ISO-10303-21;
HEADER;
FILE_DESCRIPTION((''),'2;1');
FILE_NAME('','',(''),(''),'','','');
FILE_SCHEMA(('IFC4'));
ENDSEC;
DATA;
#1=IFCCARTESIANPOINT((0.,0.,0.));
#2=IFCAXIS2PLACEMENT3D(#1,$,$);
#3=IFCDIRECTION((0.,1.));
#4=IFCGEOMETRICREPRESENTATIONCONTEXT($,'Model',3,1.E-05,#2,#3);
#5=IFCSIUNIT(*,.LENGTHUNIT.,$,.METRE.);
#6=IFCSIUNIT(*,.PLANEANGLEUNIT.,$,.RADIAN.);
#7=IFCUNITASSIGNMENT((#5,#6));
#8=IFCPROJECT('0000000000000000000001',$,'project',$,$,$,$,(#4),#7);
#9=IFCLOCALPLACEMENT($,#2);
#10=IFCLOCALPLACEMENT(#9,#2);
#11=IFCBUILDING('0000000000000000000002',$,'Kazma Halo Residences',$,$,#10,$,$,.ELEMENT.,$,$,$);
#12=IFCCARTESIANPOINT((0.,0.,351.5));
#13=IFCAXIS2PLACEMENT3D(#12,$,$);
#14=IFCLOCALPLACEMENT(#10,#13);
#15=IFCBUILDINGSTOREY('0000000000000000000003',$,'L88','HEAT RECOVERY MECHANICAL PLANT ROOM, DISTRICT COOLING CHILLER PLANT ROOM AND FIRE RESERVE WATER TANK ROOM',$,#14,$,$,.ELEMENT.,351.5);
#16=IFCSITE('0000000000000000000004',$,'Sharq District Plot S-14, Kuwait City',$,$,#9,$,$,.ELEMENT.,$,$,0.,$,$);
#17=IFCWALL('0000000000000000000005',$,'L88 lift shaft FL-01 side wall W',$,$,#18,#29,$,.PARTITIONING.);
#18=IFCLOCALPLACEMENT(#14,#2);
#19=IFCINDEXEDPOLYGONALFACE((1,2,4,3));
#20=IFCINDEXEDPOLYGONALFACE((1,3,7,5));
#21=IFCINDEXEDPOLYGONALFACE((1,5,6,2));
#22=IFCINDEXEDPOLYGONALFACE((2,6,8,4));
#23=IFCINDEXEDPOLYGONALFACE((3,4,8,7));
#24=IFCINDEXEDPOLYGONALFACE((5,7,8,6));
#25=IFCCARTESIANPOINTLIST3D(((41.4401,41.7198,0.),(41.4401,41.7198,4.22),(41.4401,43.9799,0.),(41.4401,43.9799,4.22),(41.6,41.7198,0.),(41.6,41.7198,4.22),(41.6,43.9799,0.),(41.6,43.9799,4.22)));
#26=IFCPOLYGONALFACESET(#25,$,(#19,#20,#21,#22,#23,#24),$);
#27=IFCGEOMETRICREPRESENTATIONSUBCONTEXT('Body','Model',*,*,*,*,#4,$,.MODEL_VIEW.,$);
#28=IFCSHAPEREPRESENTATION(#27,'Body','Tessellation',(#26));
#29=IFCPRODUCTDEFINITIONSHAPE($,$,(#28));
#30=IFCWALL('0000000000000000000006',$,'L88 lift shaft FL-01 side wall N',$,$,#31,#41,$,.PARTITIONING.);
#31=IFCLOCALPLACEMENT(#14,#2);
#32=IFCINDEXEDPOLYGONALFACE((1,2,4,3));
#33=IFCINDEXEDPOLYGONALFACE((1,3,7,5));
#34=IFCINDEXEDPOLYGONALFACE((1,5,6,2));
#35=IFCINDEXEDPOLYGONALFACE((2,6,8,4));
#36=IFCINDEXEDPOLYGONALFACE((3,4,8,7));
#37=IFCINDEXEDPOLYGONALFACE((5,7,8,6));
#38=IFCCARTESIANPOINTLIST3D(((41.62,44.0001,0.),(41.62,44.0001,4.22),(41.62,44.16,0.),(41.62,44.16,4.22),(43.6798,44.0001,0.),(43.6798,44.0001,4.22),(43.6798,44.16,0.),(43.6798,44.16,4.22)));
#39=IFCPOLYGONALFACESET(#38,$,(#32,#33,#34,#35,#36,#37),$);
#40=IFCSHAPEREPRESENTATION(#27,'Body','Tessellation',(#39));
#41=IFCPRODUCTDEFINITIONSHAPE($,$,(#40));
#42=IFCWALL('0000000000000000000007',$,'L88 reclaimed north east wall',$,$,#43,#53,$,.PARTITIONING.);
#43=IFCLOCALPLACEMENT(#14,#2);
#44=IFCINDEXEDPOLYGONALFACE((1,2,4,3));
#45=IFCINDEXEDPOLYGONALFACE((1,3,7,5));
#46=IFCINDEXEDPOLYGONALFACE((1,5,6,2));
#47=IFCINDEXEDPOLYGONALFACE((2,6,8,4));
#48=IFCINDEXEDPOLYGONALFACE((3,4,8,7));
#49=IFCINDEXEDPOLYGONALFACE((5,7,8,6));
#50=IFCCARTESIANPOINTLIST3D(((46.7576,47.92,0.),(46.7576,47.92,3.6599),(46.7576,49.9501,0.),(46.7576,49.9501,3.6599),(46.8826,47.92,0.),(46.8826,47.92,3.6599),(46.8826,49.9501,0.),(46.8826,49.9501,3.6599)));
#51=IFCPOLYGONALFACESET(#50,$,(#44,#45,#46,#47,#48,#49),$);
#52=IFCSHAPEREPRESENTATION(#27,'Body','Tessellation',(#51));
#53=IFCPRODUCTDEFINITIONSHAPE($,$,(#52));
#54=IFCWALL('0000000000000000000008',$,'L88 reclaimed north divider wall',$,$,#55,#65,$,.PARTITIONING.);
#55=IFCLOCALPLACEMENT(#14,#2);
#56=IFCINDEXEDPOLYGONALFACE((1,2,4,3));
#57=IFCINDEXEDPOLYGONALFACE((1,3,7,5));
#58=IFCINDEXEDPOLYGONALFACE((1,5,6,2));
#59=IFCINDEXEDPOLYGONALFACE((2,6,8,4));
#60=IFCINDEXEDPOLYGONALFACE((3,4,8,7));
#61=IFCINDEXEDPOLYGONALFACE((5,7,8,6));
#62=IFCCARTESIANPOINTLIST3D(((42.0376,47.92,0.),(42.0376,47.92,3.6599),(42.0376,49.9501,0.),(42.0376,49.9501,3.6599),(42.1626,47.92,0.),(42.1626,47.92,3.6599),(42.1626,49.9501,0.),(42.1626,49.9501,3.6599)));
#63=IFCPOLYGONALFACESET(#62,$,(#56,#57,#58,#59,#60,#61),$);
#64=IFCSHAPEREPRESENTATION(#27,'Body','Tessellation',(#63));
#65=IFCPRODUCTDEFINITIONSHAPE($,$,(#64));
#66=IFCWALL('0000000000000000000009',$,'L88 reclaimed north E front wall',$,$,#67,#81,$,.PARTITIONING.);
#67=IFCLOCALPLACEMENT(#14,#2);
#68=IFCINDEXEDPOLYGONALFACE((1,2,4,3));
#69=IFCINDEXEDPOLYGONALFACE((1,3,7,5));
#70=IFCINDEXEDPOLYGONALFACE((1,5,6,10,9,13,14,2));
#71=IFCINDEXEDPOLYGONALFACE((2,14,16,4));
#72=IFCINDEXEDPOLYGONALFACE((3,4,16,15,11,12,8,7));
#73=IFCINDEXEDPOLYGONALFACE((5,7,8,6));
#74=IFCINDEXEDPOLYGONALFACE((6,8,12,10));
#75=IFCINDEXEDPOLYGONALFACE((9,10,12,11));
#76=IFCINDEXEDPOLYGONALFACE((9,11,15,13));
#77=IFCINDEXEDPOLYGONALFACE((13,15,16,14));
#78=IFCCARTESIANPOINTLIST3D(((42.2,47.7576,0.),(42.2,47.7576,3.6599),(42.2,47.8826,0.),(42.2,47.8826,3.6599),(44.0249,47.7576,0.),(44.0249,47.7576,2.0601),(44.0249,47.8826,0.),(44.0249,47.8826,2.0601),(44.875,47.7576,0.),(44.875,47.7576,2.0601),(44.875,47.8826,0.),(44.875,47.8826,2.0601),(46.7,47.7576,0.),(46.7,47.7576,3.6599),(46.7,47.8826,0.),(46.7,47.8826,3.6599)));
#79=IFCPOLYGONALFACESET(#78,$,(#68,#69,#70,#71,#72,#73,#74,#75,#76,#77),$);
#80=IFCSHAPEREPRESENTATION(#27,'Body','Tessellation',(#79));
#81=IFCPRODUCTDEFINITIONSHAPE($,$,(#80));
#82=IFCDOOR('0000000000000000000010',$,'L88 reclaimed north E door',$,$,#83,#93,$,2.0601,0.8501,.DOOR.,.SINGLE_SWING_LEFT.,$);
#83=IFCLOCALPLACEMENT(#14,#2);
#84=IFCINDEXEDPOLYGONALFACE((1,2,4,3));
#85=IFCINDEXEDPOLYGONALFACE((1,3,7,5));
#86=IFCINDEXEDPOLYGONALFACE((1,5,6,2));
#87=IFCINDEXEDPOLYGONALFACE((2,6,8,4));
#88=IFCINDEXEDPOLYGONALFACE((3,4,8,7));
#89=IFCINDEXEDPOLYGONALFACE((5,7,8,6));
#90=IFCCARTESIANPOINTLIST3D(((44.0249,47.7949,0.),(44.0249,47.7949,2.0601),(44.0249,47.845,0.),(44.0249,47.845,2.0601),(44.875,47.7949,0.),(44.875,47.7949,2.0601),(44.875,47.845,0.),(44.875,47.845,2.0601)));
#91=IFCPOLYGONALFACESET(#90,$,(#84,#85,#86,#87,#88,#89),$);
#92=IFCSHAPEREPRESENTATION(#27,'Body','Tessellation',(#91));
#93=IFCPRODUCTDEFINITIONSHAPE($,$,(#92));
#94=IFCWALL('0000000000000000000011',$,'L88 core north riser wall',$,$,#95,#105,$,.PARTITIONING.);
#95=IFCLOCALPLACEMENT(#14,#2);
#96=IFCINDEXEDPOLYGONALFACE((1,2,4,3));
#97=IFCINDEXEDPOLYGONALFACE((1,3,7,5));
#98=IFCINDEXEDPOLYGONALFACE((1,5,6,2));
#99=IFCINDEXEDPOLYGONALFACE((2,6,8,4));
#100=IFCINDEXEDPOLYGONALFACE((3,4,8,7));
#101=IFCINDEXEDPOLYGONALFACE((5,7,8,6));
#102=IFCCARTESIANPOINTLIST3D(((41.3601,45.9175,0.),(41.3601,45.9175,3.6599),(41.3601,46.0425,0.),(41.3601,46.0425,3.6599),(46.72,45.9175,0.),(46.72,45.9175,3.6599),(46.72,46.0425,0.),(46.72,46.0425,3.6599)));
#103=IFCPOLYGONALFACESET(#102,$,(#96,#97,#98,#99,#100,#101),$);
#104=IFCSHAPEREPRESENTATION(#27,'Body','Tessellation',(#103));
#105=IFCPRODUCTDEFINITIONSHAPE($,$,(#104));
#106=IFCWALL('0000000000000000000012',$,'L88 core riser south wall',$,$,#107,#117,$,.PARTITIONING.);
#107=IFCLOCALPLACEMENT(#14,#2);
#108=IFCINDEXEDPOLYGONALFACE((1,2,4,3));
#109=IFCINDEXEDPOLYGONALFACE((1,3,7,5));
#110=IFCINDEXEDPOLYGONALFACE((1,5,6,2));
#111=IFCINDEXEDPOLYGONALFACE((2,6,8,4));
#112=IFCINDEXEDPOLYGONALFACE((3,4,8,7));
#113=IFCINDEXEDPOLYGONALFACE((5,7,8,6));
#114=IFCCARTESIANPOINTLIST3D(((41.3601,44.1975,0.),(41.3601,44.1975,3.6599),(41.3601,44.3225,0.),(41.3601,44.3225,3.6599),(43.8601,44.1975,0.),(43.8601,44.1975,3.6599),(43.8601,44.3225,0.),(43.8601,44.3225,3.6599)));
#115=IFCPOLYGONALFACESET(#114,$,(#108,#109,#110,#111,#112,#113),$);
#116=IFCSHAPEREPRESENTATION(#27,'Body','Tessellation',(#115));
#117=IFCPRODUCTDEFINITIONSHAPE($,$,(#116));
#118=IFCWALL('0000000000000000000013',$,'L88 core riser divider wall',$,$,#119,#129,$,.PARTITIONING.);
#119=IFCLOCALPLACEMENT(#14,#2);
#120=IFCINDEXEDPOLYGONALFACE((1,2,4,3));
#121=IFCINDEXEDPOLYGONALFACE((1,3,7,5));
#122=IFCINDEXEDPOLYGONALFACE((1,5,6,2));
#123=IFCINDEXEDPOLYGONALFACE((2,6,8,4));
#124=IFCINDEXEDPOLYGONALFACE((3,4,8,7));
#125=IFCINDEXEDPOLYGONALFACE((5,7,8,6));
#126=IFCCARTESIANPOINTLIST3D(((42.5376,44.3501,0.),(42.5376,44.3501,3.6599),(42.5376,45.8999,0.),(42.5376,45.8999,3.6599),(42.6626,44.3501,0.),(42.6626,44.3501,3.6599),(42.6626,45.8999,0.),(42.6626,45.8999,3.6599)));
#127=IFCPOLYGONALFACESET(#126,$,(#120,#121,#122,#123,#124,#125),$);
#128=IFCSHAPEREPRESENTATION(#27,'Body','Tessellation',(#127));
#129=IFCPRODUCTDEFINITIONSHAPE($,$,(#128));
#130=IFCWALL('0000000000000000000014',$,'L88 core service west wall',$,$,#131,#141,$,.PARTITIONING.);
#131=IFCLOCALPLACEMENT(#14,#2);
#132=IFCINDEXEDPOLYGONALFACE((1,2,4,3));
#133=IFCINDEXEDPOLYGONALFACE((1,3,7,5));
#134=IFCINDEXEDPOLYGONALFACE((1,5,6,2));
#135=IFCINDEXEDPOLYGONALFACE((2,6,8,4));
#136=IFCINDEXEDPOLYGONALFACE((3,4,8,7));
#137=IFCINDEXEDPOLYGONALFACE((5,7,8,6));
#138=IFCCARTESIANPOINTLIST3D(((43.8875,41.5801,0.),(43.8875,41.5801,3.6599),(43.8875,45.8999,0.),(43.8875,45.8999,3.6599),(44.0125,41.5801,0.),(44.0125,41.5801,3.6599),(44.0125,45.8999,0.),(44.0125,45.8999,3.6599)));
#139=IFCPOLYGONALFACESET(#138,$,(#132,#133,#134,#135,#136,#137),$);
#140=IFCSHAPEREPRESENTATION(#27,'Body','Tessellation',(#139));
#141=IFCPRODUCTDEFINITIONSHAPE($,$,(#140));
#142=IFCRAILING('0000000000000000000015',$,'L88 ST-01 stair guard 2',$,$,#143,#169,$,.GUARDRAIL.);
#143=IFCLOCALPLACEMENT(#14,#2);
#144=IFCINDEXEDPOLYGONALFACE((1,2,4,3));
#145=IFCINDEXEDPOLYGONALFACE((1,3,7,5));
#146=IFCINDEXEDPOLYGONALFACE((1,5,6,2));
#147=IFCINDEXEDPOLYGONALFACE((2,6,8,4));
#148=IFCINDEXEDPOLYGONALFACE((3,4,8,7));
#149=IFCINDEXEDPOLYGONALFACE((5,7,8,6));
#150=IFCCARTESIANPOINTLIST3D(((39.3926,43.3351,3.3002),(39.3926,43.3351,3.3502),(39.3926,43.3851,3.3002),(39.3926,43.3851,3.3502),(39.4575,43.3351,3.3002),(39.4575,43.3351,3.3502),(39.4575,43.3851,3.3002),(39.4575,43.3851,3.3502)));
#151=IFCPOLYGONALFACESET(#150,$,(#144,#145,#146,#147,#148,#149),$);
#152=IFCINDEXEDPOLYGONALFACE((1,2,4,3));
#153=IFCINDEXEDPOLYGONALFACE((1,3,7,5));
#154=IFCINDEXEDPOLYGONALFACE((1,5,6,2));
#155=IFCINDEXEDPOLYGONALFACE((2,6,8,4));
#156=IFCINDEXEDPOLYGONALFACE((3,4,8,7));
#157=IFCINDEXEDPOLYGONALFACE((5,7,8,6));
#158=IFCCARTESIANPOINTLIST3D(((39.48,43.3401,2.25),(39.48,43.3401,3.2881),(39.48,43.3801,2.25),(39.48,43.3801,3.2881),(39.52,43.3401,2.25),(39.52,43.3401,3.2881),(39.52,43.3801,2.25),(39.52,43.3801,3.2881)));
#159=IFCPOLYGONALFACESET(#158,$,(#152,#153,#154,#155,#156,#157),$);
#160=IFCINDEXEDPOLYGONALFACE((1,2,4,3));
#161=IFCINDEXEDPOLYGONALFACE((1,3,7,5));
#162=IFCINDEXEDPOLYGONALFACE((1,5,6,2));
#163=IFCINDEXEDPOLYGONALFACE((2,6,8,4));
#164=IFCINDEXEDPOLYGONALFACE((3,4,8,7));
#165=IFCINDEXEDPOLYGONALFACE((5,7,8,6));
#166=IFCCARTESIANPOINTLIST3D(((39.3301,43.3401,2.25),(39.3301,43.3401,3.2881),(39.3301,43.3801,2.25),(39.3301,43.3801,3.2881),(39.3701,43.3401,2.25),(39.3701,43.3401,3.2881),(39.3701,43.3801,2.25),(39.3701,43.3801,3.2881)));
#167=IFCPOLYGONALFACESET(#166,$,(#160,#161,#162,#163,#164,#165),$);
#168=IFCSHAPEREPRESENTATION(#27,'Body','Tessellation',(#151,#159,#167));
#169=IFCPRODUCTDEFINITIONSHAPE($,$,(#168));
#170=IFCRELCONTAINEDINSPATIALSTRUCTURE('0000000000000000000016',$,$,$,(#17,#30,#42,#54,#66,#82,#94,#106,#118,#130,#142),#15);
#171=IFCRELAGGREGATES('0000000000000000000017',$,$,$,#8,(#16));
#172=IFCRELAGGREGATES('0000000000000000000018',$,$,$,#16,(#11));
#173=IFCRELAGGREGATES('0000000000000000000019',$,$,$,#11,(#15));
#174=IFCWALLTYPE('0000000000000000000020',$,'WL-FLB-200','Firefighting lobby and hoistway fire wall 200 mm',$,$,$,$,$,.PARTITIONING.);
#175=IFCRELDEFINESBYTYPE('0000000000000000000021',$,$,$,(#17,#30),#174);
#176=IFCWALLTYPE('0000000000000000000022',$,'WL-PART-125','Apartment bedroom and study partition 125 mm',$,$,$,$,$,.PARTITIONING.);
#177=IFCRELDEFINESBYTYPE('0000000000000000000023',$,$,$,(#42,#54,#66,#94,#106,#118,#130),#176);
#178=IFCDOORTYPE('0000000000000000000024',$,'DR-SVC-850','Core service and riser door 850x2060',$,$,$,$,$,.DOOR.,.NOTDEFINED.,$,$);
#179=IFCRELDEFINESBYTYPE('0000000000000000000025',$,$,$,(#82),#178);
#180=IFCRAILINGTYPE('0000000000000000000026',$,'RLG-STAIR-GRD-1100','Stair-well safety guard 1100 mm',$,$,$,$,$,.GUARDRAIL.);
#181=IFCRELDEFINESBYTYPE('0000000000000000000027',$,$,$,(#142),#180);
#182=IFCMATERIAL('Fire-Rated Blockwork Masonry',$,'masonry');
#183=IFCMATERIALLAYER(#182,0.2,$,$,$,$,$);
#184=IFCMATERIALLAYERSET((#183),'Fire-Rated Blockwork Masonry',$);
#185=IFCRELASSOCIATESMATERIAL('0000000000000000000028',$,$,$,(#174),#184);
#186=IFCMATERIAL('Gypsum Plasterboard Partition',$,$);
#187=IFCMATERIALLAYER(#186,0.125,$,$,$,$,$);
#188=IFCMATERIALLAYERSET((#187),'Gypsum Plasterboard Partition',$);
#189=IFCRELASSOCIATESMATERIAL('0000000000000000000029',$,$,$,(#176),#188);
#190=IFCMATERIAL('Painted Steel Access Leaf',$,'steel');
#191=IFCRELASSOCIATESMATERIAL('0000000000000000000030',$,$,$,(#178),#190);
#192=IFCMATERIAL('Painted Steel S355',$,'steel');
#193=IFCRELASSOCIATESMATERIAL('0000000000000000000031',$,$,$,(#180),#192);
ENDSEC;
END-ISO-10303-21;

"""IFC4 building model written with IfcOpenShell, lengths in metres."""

from ifc_helpers import new_model, si_unit, direction, frame, frame_2d, origin, origin_2d, place, context, subcontext, project, spatial, rectangle, extrude, material, layer, layer_set, type_object, element, fill, save


model = new_model("IFC4")

# Units and contexts
model_context = context("Model", 3, precision=1e-05, world=origin(), true_north=direction((0.0, 1.0)))
body_context = subcontext(model_context, "Body", "Model", "MODEL_VIEW")
ifc_project = project(units=[si_unit("LENGTHUNIT", "METRE"), si_unit("PLANEANGLEUNIT", "RADIAN")], contexts=[model_context])

# Site, building, storey
site_placement = place(None, origin())
site = spatial("IfcSite", under=ifc_project, at=site_placement, Name="Sharq District Plot S-14, Kuwait City", CompositionType="ELEMENT", RefElevation=0.0)
building_placement = place(site_placement, origin())
building = spatial("IfcBuilding", under=site, at=building_placement, Name="Kazma Halo Residences", CompositionType="ELEMENT")
storey_placement = place(building_placement, frame((0.0, 0.0, 351.5)))
storey = spatial("IfcBuildingStorey", under=building, at=storey_placement, Name="L88", Description="HEAT RECOVERY MECHANICAL PLANT ROOM, DISTRICT COOLING CHILLER PLANT ROOM AND FIRE RESERVE WATER TANK ROOM", CompositionType="ELEMENT", Elevation=351.5)

# Shared definitions
ifc_material_1 = material(Name="Fire-Rated Blockwork Masonry", Category="masonry")
ifc_layer_1 = layer(ifc_material_1, 0.2)
ifc_layer_set_1 = layer_set([ifc_layer_1], Name="Fire-Rated Blockwork Masonry")
wall_type_1 = type_object("IfcWallType", Name="WL-FLB-200", Description="Firefighting lobby and hoistway fire wall 200 mm", PredefinedType="PARTITIONING", material=ifc_layer_set_1)

# Walls
for number, where, z_axis, x_axis, name in (
    (1, (41.52, 41.72, 0.0), (0.0, 0.0, 1.0), (0.0, 1.0, 0.0), "L88 lift shaft FL-01 side wall W"),
):
    element("IfcWall", number, at=place(storey_placement, frame(where, z_axis=z_axis, x_axis=x_axis)), inside=storey, type_object=wall_type_1, Name=name, PredefinedType="PARTITIONING", context=body_context, shape_type="SweptSolid", body=[
        extrude(rectangle(XDim=2.26, YDim=0.1599, at=frame_2d((1.1299, 0.0))), origin(), (0.0, 0.0, 1.0), 4.22),
    ])
wall_1_placement = place(storey_placement, frame((41.6201, 44.0801, 0.0), z_axis=(0.0, 0.0, 1.0), x_axis=(1.0, 0.0, 0.0)))
element("IfcWall", 2, at=wall_1_placement, inside=storey, type_object=wall_type_1, Name="L88 lift shaft FL-01 side wall N", PredefinedType="PARTITIONING", context=body_context, shape_type="SweptSolid", body=[
    extrude(rectangle(XDim=2.0598, YDim=0.1599, at=frame_2d((1.0298, 0.0))), origin(), (0.0, 0.0, 1.0), 4.22),
])
ifc_material_2 = material(Name="Gypsum Plasterboard Partition")
ifc_layer_2 = layer(ifc_material_2, 0.125)
ifc_layer_set_2 = layer_set([ifc_layer_2], Name="Gypsum Plasterboard Partition")
wall_type_2 = type_object("IfcWallType", Name="WL-PART-125", Description="Apartment bedroom and study partition 125 mm", PredefinedType="PARTITIONING", material=ifc_layer_set_2)
for number, where, z_axis, x_axis, name in (
    (3, (46.8201, 47.9199, 0.0), (0.0, 0.0, 1.0), (0.0, 1.0, 0.0), "L88 reclaimed north east wall"),
    (4, (42.1001, 47.9199, 0.0), (0.0, 0.0, 1.0), (0.0, 1.0, 0.0), "L88 reclaimed north divider wall"),
):
    element("IfcWall", number, at=place(storey_placement, frame(where, z_axis=z_axis, x_axis=x_axis)), inside=storey, type_object=wall_type_2, Name=name, PredefinedType="PARTITIONING", context=body_context, shape_type="SweptSolid", body=[
        extrude(rectangle(XDim=2.03, YDim=0.125, at=frame_2d((1.0151, 0.0))), origin(), (0.0, 0.0, 1.0), 3.6599),
    ])

# Wall, opening, door
wall_2_placement = place(storey_placement, frame((42.2, 47.8201, 0.0), z_axis=(0.0, 0.0, 1.0), x_axis=(1.0, 0.0, 0.0)))
wall_2 = element("IfcWall", 5, at=wall_2_placement, inside=storey, type_object=wall_type_2, Name="L88 reclaimed north E front wall", PredefinedType="PARTITIONING", context=body_context, shape_type="SweptSolid", body=[
    extrude(rectangle(XDim=4.5, YDim=0.125, at=frame_2d((2.25, 0.0))), origin(), (0.0, 0.0, 1.0), 3.6599),
])
opening_1_placement = place(wall_2_placement, frame((1.825, 0.0, 0.0)))
opening_1 = element("IfcOpeningElement", 6, at=opening_1_placement, cuts=wall_2, PredefinedType="OPENING", context=body_context, shape_type="SweptSolid", body=[
    extrude(rectangle(XDim=0.8501, YDim=2.0601, at=frame_2d((0.425, 1.03))), frame((0.0, 0.0725, 0.0), z_axis=(0.0, -1.0, 0.0), x_axis=(1.0, 0.0, 0.0)), (0.0, 0.0, 1.0), 0.145),
])
ifc_material_3 = material(Name="Painted Steel Access Leaf", Category="steel")
door_type_1 = type_object("IfcDoorType", Name="DR-SVC-850", Description="Core service and riser door 850x2060", OperationType="NOTDEFINED", PredefinedType="DOOR", material=ifc_material_3)
door_1_placement = place(opening_1_placement, origin())
door_1 = element("IfcDoor", 7, at=door_1_placement, inside=storey, type_object=door_type_1, Name="L88 reclaimed north E door", OperationType="SINGLE_SWING_LEFT", OverallHeight=2.0601, OverallWidth=0.8501, PredefinedType="DOOR", context=body_context, shape_type="SweptSolid", body=[
    extrude(rectangle(XDim=0.8501, YDim=2.0601, at=frame_2d((0.425, 1.03))), frame((0.0, 0.0249, 0.0), z_axis=(0.0, -1.0, 0.0), x_axis=(1.0, 0.0, 0.0)), (0.0, 0.0, 1.0), 0.05),
])
fill(opening_1, door_1)

# Walls
wall_3_placement = place(storey_placement, frame((41.3601, 45.98, 0.0), z_axis=(0.0, 0.0, 1.0), x_axis=(1.0, 0.0, 0.0)))
element("IfcWall", 8, at=wall_3_placement, inside=storey, type_object=wall_type_2, Name="L88 core north riser wall", PredefinedType="PARTITIONING", context=body_context, shape_type="SweptSolid", body=[
    extrude(rectangle(XDim=5.3599, YDim=0.125, at=frame_2d((2.6799, 0.0))), origin(), (0.0, 0.0, 1.0), 3.6599),
])
wall_4_placement = place(storey_placement, frame((41.3601, 44.26, 0.0), z_axis=(0.0, 0.0, 1.0), x_axis=(1.0, 0.0, 0.0)))
element("IfcWall", 9, at=wall_4_placement, inside=storey, type_object=wall_type_2, Name="L88 core riser south wall", PredefinedType="PARTITIONING", context=body_context, shape_type="SweptSolid", body=[
    extrude(rectangle(XDim=2.5, YDim=0.125, at=frame_2d((1.25, 0.0))), origin(), (0.0, 0.0, 1.0), 3.6599),
])
wall_5_placement = place(storey_placement, frame((42.6001, 44.3501, 0.0), z_axis=(0.0, 0.0, 1.0), x_axis=(0.0, 1.0, 0.0)))
element("IfcWall", 10, at=wall_5_placement, inside=storey, type_object=wall_type_2, Name="L88 core riser divider wall", PredefinedType="PARTITIONING", context=body_context, shape_type="SweptSolid", body=[
    extrude(rectangle(XDim=1.5498, YDim=0.125, at=frame_2d((0.7749, 0.0))), origin(), (0.0, 0.0, 1.0), 3.6599),
])
wall_6_placement = place(storey_placement, frame((43.95, 41.5801, 0.0), z_axis=(0.0, 0.0, 1.0), x_axis=(0.0, 1.0, 0.0)))
element("IfcWall", 11, at=wall_6_placement, inside=storey, type_object=wall_type_2, Name="L88 core service west wall", PredefinedType="PARTITIONING", context=body_context, shape_type="SweptSolid", body=[
    extrude(rectangle(XDim=4.3198, YDim=0.125, at=frame_2d((2.1599, 0.0))), origin(), (0.0, 0.0, 1.0), 3.6599),
])

# Railing
ifc_material_4 = material(Name="Painted Steel S355", Category="steel")
railing_type = type_object("IfcRailingType", Name="RLG-STAIR-GRD-1100", Description="Stair-well safety guard 1100 mm", PredefinedType="GUARDRAIL", material=ifc_material_4)
railing_1_placement = place(storey_placement, frame((39.5, 43.3601, 2.25)))
element("IfcRailing", 12, at=railing_1_placement, inside=storey, type_object=railing_type, Name="L88 ST-01 stair guard 2", PredefinedType="GUARDRAIL", context=body_context, shape_type="SweptSolid", body=[
    extrude(rectangle(XDim=0.05, YDim=0.05, at=origin_2d()), frame((-0.0425, 0.0, 1.0752), z_axis=(-1.0, 0.0, 0.0), x_axis=(0.0, -1.0, 0.0)), (0.0, 0.0, 1.0), 0.0649),
    extrude(rectangle(XDim=0.04, YDim=0.04, at=origin_2d()), origin(), (0.0, 0.0, 1.0), 1.0381),
    extrude(rectangle(XDim=0.04, YDim=0.04, at=origin_2d()), frame((-0.1499, 0.0, 0.0)), (0.0, 0.0, 1.0), 1.0381),
])

save(model, "model.ifc")
